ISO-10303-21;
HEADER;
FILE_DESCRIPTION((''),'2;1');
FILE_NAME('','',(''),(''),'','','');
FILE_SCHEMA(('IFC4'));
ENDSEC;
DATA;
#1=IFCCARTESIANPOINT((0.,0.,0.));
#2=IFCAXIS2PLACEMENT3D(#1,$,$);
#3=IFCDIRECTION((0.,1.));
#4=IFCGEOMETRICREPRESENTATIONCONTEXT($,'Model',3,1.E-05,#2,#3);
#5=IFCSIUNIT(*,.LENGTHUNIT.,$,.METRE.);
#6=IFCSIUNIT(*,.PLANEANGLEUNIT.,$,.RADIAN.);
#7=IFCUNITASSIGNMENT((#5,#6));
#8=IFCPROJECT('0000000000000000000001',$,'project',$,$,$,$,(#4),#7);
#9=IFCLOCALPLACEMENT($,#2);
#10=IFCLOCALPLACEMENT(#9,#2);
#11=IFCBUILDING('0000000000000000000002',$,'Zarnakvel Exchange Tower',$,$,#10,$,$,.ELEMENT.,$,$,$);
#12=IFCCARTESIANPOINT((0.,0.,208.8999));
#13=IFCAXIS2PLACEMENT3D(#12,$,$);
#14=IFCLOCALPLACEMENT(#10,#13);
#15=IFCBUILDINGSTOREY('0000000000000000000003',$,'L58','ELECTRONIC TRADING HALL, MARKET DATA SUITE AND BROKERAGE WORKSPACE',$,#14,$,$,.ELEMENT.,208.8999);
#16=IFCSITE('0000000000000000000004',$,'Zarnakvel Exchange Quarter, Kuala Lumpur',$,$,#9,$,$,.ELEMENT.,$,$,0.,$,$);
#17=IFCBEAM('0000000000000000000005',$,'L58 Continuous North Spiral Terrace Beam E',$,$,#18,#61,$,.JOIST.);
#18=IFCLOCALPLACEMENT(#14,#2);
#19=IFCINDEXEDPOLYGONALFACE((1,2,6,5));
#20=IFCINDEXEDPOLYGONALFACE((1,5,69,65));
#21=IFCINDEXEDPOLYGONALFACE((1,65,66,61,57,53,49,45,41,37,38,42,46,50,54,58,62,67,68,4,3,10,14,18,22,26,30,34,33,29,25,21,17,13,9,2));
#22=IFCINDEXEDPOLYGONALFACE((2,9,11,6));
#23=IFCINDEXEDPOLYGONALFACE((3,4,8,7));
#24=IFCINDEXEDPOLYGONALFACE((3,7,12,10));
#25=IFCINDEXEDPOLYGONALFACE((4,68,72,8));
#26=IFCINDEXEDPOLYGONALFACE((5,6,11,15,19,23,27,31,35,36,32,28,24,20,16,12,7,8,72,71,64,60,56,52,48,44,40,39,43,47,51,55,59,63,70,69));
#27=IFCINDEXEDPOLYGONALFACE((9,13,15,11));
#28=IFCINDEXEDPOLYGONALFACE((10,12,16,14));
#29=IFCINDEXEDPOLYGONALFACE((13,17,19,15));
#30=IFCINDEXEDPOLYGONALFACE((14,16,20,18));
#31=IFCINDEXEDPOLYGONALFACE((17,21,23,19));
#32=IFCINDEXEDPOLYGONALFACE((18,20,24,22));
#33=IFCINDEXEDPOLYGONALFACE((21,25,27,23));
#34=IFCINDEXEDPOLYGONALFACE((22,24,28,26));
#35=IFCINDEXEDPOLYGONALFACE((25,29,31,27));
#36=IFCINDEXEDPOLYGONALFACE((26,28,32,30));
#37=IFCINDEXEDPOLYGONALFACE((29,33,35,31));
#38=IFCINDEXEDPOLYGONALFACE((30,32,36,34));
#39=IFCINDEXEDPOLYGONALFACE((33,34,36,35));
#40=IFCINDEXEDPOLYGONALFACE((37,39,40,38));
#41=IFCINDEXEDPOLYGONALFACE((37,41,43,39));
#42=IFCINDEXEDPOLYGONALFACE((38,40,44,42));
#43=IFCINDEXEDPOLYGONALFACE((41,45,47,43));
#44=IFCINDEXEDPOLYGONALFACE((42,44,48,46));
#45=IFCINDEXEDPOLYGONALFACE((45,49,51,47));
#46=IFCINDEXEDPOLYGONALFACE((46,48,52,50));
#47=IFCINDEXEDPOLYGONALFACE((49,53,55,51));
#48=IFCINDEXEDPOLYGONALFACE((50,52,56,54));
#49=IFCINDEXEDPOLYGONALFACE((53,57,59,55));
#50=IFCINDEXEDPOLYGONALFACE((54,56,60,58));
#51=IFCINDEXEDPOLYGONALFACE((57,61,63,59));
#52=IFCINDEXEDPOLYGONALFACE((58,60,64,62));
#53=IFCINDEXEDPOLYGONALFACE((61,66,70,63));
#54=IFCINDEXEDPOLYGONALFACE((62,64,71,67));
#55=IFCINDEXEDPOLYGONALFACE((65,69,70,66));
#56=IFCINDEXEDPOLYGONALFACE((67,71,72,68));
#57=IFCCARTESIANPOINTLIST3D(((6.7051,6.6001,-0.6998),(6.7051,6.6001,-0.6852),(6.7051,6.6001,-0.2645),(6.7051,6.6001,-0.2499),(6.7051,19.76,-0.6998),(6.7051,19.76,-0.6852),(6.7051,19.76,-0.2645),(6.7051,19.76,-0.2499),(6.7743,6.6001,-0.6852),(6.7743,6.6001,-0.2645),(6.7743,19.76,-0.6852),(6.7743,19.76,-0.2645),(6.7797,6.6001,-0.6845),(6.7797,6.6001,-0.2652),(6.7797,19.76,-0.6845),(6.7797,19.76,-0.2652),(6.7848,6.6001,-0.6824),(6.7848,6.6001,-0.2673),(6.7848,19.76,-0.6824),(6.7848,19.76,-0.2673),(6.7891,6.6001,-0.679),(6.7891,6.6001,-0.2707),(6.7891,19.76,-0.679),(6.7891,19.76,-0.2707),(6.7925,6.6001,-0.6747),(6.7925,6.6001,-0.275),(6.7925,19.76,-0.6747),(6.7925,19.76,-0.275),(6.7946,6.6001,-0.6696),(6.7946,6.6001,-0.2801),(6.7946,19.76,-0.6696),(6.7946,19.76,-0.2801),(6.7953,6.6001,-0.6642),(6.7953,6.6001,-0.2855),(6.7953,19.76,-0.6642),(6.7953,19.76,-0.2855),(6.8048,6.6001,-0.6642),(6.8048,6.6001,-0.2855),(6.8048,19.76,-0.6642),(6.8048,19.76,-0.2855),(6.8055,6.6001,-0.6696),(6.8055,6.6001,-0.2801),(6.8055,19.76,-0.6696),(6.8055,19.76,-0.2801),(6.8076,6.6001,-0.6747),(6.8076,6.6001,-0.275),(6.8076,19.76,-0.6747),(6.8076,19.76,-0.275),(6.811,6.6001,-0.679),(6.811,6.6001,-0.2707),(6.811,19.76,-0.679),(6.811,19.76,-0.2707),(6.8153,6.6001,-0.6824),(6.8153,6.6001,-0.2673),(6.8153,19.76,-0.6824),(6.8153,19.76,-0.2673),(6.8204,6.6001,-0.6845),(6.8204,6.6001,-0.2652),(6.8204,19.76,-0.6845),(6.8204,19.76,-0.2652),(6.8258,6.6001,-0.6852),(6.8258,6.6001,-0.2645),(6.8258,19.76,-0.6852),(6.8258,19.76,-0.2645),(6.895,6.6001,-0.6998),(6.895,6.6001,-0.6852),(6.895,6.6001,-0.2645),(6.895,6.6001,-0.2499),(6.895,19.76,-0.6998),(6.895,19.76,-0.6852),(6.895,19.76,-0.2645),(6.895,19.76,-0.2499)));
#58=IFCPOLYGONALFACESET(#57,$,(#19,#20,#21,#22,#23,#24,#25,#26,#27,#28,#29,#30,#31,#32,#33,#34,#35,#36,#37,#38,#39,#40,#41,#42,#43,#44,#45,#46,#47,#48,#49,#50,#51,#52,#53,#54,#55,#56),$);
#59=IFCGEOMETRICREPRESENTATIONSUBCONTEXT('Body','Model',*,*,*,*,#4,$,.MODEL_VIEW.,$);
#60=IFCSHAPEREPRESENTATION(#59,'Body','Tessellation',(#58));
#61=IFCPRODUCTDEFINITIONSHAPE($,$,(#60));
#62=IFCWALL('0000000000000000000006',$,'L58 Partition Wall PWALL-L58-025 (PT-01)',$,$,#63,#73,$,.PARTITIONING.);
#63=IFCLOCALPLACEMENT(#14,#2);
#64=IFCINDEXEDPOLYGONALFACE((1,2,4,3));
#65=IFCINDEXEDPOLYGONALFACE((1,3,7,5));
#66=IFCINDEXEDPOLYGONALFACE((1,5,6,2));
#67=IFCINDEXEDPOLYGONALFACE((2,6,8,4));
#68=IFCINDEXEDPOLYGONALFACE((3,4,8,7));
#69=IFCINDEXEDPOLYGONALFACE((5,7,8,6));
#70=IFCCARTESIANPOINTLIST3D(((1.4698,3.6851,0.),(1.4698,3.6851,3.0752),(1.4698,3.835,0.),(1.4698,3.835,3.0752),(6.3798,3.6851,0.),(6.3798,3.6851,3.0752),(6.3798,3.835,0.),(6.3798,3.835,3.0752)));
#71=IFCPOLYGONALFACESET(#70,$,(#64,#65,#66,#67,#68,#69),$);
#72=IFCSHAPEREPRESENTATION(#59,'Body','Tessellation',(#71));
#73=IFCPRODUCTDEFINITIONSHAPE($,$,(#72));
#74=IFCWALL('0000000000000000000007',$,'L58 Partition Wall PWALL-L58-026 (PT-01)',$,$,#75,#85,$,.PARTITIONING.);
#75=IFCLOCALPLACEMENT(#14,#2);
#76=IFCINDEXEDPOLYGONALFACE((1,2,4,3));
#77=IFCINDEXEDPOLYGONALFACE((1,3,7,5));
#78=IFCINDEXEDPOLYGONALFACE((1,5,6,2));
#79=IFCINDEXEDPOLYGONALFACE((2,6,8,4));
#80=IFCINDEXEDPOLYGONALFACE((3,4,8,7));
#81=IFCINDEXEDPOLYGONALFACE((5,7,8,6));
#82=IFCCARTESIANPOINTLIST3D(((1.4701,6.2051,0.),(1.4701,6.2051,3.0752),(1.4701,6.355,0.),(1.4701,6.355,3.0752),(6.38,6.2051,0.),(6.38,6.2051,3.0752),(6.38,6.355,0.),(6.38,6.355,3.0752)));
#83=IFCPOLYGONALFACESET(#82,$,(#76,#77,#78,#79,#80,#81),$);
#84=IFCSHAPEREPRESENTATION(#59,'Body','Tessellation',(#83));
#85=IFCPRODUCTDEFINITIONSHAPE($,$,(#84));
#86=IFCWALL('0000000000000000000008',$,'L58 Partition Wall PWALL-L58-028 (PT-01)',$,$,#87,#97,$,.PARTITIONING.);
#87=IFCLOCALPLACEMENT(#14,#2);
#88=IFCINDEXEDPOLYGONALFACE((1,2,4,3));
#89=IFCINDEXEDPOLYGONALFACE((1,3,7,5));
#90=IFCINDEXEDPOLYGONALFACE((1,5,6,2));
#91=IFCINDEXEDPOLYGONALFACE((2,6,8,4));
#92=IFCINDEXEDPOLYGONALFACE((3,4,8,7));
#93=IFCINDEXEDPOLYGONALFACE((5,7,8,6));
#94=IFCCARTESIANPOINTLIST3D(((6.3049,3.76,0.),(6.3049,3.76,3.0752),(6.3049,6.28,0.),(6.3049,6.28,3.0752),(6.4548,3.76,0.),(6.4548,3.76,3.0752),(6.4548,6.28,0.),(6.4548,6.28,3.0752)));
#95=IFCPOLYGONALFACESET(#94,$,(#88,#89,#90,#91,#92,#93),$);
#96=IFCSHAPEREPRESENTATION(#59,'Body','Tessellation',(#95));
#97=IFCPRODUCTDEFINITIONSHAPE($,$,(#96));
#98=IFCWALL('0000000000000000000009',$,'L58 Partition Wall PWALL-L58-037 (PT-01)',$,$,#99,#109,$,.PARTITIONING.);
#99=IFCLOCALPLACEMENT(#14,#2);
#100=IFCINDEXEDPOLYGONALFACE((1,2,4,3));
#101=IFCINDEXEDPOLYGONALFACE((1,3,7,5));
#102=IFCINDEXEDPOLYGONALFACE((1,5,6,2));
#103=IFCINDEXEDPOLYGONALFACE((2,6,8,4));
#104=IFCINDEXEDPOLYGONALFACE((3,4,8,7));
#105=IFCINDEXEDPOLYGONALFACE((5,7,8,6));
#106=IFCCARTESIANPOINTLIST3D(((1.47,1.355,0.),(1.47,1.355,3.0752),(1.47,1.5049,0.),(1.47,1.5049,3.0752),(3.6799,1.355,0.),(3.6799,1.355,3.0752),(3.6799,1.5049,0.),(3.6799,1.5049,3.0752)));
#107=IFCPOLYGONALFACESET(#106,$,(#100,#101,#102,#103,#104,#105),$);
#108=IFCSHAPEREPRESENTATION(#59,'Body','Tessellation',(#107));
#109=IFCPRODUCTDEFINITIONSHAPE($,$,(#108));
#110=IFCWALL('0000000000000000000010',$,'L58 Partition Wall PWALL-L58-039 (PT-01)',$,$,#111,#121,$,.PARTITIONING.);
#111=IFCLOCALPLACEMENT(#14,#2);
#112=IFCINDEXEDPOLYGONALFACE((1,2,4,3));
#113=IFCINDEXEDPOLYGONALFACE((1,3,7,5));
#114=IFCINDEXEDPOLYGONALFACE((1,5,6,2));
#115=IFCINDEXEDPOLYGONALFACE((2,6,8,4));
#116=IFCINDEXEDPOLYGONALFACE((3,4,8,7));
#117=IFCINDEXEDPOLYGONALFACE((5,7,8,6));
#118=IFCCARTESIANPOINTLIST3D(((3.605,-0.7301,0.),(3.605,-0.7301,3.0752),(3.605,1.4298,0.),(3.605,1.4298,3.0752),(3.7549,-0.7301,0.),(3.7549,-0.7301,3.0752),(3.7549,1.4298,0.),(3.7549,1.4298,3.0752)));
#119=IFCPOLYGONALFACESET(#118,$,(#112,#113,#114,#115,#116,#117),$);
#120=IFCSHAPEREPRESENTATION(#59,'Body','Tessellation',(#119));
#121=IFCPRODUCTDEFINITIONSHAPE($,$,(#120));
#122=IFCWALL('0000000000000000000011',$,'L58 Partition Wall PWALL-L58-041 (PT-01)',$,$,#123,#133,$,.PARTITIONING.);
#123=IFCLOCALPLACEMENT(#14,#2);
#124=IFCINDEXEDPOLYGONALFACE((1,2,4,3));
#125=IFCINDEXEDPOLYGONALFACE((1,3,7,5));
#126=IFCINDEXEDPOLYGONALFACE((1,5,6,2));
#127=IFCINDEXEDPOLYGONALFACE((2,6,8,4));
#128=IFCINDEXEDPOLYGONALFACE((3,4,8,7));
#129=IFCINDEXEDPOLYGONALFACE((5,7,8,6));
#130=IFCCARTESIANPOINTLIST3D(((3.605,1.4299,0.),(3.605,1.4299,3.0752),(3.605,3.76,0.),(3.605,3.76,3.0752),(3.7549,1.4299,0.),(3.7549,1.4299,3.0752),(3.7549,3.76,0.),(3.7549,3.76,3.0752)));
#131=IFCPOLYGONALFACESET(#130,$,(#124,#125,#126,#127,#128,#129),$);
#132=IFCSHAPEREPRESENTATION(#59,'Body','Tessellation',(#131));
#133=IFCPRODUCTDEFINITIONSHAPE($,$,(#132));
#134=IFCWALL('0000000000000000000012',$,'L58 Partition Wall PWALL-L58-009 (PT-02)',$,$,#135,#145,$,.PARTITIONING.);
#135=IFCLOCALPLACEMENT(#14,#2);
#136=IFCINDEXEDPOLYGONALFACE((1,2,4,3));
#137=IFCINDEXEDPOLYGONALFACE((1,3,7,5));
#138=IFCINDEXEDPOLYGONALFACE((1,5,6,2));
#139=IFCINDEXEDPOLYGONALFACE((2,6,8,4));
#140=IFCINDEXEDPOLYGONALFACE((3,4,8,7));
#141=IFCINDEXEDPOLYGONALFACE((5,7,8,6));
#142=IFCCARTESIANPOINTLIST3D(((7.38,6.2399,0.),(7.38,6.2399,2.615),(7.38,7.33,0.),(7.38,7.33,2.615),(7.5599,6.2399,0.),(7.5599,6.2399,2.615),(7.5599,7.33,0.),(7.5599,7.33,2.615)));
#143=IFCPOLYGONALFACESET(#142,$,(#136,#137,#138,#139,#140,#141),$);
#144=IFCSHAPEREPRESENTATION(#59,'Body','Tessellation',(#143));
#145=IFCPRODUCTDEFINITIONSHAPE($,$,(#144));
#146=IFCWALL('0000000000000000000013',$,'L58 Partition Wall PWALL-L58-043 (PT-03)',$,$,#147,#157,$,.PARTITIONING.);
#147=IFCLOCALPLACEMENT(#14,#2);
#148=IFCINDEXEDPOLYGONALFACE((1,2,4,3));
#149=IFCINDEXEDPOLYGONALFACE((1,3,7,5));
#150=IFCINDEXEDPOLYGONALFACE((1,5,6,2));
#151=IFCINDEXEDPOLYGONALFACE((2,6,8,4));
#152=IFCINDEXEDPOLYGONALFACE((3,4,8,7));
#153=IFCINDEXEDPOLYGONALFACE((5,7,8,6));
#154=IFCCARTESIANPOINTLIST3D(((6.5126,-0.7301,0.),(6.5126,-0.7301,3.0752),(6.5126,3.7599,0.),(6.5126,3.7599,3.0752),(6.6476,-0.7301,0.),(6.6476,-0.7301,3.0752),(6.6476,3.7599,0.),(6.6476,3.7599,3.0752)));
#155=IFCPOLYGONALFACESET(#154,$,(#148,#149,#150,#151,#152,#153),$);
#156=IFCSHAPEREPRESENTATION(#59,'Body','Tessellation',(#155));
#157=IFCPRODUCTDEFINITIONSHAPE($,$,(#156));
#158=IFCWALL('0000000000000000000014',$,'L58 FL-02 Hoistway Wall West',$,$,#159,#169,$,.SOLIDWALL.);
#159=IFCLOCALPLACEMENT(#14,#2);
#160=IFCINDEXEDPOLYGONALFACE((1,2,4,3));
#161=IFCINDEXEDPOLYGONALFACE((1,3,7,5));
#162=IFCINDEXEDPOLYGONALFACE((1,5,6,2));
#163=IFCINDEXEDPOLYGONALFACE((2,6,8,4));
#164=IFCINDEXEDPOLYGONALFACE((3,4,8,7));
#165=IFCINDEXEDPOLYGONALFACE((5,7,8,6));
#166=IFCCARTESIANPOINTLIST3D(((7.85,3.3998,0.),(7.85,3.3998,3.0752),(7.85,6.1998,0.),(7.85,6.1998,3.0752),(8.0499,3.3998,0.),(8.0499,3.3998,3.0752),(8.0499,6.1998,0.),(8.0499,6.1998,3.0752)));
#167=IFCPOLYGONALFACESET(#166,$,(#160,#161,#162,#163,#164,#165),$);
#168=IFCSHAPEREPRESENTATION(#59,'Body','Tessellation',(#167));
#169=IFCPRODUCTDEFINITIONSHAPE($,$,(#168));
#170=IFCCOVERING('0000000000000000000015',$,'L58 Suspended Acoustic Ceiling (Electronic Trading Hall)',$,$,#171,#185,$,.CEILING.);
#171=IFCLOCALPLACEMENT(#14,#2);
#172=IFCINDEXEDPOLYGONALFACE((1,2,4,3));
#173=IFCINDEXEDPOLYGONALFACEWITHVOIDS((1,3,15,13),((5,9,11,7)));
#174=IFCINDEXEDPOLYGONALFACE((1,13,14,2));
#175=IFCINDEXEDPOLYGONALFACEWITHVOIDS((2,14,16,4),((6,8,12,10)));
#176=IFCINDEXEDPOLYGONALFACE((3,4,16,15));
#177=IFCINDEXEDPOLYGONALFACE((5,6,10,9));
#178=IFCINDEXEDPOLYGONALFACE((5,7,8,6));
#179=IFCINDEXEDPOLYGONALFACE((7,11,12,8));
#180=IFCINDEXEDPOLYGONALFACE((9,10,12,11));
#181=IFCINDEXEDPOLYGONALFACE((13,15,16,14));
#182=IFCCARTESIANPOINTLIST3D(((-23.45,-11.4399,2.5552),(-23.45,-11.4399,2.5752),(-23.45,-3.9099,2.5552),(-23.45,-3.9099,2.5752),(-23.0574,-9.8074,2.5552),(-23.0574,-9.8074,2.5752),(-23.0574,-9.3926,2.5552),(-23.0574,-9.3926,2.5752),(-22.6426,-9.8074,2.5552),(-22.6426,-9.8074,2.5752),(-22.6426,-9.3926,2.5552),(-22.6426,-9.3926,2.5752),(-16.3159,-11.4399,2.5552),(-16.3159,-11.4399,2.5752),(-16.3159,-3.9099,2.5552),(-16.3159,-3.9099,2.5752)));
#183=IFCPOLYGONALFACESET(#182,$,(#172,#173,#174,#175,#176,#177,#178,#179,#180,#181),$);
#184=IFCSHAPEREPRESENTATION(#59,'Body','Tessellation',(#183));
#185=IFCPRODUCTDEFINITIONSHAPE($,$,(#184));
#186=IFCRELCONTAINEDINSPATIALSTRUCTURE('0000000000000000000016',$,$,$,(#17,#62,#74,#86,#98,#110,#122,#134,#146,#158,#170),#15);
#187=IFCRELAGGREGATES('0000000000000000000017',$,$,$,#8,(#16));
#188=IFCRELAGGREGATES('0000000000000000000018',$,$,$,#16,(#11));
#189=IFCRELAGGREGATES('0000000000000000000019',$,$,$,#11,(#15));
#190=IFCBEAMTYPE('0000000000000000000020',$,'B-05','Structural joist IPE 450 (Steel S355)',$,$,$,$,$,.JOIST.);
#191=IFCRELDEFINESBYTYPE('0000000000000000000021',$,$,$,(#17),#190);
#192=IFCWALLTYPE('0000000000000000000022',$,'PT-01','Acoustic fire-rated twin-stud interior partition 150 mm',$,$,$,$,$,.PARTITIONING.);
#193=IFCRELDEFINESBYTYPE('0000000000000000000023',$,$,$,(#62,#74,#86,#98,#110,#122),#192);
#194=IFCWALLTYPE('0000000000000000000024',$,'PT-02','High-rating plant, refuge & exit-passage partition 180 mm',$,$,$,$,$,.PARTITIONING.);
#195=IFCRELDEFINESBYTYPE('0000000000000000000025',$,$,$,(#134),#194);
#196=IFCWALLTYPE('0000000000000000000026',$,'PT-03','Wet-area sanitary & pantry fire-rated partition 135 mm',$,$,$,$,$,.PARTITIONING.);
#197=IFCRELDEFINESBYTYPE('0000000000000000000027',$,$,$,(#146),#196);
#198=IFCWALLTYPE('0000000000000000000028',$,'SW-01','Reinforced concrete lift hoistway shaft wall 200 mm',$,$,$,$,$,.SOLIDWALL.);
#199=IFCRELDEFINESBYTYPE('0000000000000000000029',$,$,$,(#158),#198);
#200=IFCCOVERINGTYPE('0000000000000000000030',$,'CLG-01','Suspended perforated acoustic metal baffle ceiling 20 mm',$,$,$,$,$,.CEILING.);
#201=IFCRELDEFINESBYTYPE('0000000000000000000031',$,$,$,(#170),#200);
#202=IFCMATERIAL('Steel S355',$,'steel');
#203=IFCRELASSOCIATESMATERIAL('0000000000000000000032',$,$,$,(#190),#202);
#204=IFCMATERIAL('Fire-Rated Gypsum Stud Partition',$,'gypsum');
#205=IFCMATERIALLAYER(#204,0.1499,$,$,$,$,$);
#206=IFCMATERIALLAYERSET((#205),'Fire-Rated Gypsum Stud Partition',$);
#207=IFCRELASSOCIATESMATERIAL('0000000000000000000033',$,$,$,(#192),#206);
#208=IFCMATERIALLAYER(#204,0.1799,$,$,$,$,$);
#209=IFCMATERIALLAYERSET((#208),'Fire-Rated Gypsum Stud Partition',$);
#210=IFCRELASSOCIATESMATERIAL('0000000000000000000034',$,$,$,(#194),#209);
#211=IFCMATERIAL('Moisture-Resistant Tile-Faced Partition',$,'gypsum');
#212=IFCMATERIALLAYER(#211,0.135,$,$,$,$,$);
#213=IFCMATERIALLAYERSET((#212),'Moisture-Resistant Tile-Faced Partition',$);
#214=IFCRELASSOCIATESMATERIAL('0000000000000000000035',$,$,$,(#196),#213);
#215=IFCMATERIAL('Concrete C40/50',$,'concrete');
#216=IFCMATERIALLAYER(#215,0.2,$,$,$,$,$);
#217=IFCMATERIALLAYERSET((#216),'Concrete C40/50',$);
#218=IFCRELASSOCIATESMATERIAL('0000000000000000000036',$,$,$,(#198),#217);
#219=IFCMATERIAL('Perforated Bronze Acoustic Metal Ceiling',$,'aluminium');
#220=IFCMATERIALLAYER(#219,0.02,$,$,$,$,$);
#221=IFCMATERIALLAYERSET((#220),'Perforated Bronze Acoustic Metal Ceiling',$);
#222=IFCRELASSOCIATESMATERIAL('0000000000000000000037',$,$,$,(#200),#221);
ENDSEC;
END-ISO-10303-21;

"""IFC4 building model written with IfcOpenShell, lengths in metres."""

from ifc_helpers import new_model, si_unit, direction, frame, frame_2d, origin, origin_2d, place, context, subcontext, project, spatial, polyline, rectangle, i_section, outline, extrude, material, layer, layer_set, material_profile, profile_set, type_object, element, save


model = new_model("IFC4")

# Units and contexts
model_context = context("Model", 3, precision=1e-05, world=origin(), true_north=direction((0.0, 1.0)))
body_context = subcontext(model_context, "Body", "Model", "MODEL_VIEW")
ifc_project = project(units=[si_unit("LENGTHUNIT", "METRE"), si_unit("PLANEANGLEUNIT", "RADIAN")], contexts=[model_context])

# Site, building, storey
site_placement = place(None, origin())
site = spatial("IfcSite", under=ifc_project, at=site_placement, Name="Zarnakvel Exchange Quarter, Kuala Lumpur", CompositionType="ELEMENT", RefElevation=0.0)
building_placement = place(site_placement, origin())
building = spatial("IfcBuilding", under=site, at=building_placement, Name="Zarnakvel Exchange Tower", CompositionType="ELEMENT")
storey_placement = place(building_placement, frame((0.0, 0.0, 208.8999)))
storey = spatial("IfcBuildingStorey", under=building, at=storey_placement, Name="L58", Description="ELECTRONIC TRADING HALL, MARKET DATA SUITE AND BROKERAGE WORKSPACE", CompositionType="ELEMENT", Elevation=208.8999)

# Beam
ifc_material_1 = material(Name="Steel S355", Category="steel")
ifc_material_profile = material_profile(ifc_material_1, i_section(OverallWidth=0.1899, OverallDepth=0.45, WebThickness=0.0095, FlangeThickness=0.0146, FilletRadius=0.021, at=origin_2d()))
ifc_profile_set = profile_set([ifc_material_profile], Name="Steel S355")
beam_type = type_object("IfcBeamType", Name="B-05", Description="Structural joist IPE 450 (Steel S355)", PredefinedType="JOIST", material=ifc_profile_set)
beam_placement = place(storey_placement, frame((6.8, 6.6001, -0.4749), z_axis=(0.0, 1.0, 0.0), x_axis=(-1.0, 0.0, 0.0)))
element("IfcBeam", 1, at=beam_placement, inside=storey, type_object=beam_type, Name="L58 Continuous North Spiral Terrace Beam E", PredefinedType="JOIST", context=body_context, shape_type="SweptSolid", body=[
    extrude(i_section(OverallWidth=0.1899, OverallDepth=0.45, WebThickness=0.0095, FlangeThickness=0.0146, FilletRadius=0.021, at=origin_2d()), origin(), (0.0, 0.0, 1.0), 13.1599),
])

# Walls
ifc_material_2 = material(Name="Fire-Rated Gypsum Stud Partition", Category="gypsum")
ifc_layer_1 = layer(ifc_material_2, 0.1499)
ifc_layer_set_1 = layer_set([ifc_layer_1], Name="Fire-Rated Gypsum Stud Partition")
wall_type_1 = type_object("IfcWallType", Name="PT-01", Description="Acoustic fire-rated twin-stud interior partition 150 mm", PredefinedType="PARTITIONING", material=ifc_layer_set_1)
for number, where, z_axis, x_axis, name in (
    (2, (6.3799, 3.76, 0.0), (0.0, 0.0, 1.0), (-1.0, 0.0, 0.0), "L58 Partition Wall PWALL-L58-025 (PT-01)"),
    (3, (1.47, 6.28, 0.0), (0.0, 0.0, 1.0), (1.0, 0.0, 0.0), "L58 Partition Wall PWALL-L58-026 (PT-01)"),
):
    element("IfcWall", number, at=place(storey_placement, frame(where, z_axis=z_axis, x_axis=x_axis)), inside=storey, type_object=wall_type_1, Name=name, PredefinedType="PARTITIONING", context=body_context, shape_type="SweptSolid", body=[
        extrude(rectangle(XDim=4.9099, YDim=0.1499, at=frame_2d((2.4551, 0.0))), origin(), (0.0, 0.0, 1.0), 3.0752),
    ])

# Walls
wall_1_placement = place(storey_placement, frame((6.3799, 6.28, 0.0), z_axis=(0.0, 0.0, 1.0), x_axis=(0.0, -1.0, 0.0)))
element("IfcWall", 4, at=wall_1_placement, inside=storey, type_object=wall_type_1, Name="L58 Partition Wall PWALL-L58-028 (PT-01)", PredefinedType="PARTITIONING", context=body_context, shape_type="SweptSolid", body=[
    extrude(rectangle(XDim=2.52, YDim=0.1499, at=frame_2d((1.26, 0.0))), origin(), (0.0, 0.0, 1.0), 3.0752),
])
wall_2_placement = place(storey_placement, frame((1.47, 1.4299, 0.0), z_axis=(0.0, 0.0, 1.0), x_axis=(1.0, 0.0, 0.0)))
element("IfcWall", 5, at=wall_2_placement, inside=storey, type_object=wall_type_1, Name="L58 Partition Wall PWALL-L58-037 (PT-01)", PredefinedType="PARTITIONING", context=body_context, shape_type="SweptSolid", body=[
    extrude(rectangle(XDim=2.21, YDim=0.1499, at=frame_2d((1.105, 0.0))), origin(), (0.0, 0.0, 1.0), 3.0752),
])
wall_3_placement = place(storey_placement, frame((3.6799, 1.4299, 0.0), z_axis=(0.0, 0.0, 1.0), x_axis=(0.0, -1.0, 0.0)))
element("IfcWall", 6, at=wall_3_placement, inside=storey, type_object=wall_type_1, Name="L58 Partition Wall PWALL-L58-039 (PT-01)", PredefinedType="PARTITIONING", context=body_context, shape_type="SweptSolid", body=[
    extrude(rectangle(XDim=2.1599, YDim=0.1499, at=frame_2d((1.0801, 0.0))), origin(), (0.0, 0.0, 1.0), 3.0752),
])

# Walls
wall_4_placement = place(storey_placement, frame((3.6799, 3.76, 0.0), z_axis=(0.0, 0.0, 1.0), x_axis=(0.0, -1.0, 0.0)))
element("IfcWall", 7, at=wall_4_placement, inside=storey, type_object=wall_type_1, Name="L58 Partition Wall PWALL-L58-041 (PT-01)", PredefinedType="PARTITIONING", context=body_context, shape_type="SweptSolid", body=[
    extrude(rectangle(XDim=2.3301, YDim=0.1499, at=frame_2d((1.165, 0.0))), origin(), (0.0, 0.0, 1.0), 3.0752),
])
ifc_layer_2 = layer(ifc_material_2, 0.1799)
ifc_layer_set_2 = layer_set([ifc_layer_2], Name="Fire-Rated Gypsum Stud Partition")
wall_type_2 = type_object("IfcWallType", Name="PT-02", Description="High-rating plant, refuge & exit-passage partition 180 mm", PredefinedType="PARTITIONING", material=ifc_layer_set_2)
wall_5_placement = place(storey_placement, frame((7.47, 6.24, 0.0), z_axis=(0.0, 0.0, 1.0), x_axis=(0.0, 1.0, 0.0)))
element("IfcWall", 8, at=wall_5_placement, inside=storey, type_object=wall_type_2, Name="L58 Partition Wall PWALL-L58-009 (PT-02)", PredefinedType="PARTITIONING", context=body_context, shape_type="SweptSolid", body=[
    extrude(rectangle(XDim=1.0901, YDim=0.1799, at=frame_2d((0.5449, 0.0))), origin(), (0.0, 0.0, 1.0), 2.615),
])
ifc_material_3 = material(Name="Moisture-Resistant Tile-Faced Partition", Category="gypsum")
ifc_layer_3 = layer(ifc_material_3, 0.135)
ifc_layer_set_3 = layer_set([ifc_layer_3], Name="Moisture-Resistant Tile-Faced Partition")
wall_type_3 = type_object("IfcWallType", Name="PT-03", Description="Wet-area sanitary & pantry fire-rated partition 135 mm", PredefinedType="PARTITIONING", material=ifc_layer_set_3)
wall_6_placement = place(storey_placement, frame((6.5801, 3.76, 0.0), z_axis=(0.0, 0.0, 1.0), x_axis=(0.0, -1.0, 0.0)))
element("IfcWall", 9, at=wall_6_placement, inside=storey, type_object=wall_type_3, Name="L58 Partition Wall PWALL-L58-043 (PT-03)", PredefinedType="PARTITIONING", context=body_context, shape_type="SweptSolid", body=[
    extrude(rectangle(XDim=4.49, YDim=0.135, at=frame_2d((2.2451, 0.0))), origin(), (0.0, 0.0, 1.0), 3.0752),
])
ifc_material_4 = material(Name="Concrete C40/50", Category="concrete")
ifc_layer_4 = layer(ifc_material_4, 0.2)
ifc_layer_set_4 = layer_set([ifc_layer_4], Name="Concrete C40/50")
wall_type_4 = type_object("IfcWallType", Name="SW-01", Description="Reinforced concrete lift hoistway shaft wall 200 mm", PredefinedType="SOLIDWALL", material=ifc_layer_set_4)
wall_7_placement = place(storey_placement, frame((7.95, 3.3999, 0.0), z_axis=(0.0, 0.0, 1.0), x_axis=(0.0, 1.0, 0.0)))
element("IfcWall", 10, at=wall_7_placement, inside=storey, type_object=wall_type_4, Name="L58 FL-02 Hoistway Wall West", PredefinedType="SOLIDWALL", context=body_context, shape_type="SweptSolid", body=[
    extrude(rectangle(XDim=2.8, YDim=0.2, at=frame_2d((1.3999, 0.0))), origin(), (0.0, 0.0, 1.0), 3.0752),
])

# Covering
ifc_material_5 = material(Name="Perforated Bronze Acoustic Metal Ceiling", Category="aluminium")
ifc_layer_5 = layer(ifc_material_5, 0.02)
ifc_layer_set_5 = layer_set([ifc_layer_5], Name="Perforated Bronze Acoustic Metal Ceiling")
covering_type_1 = type_object("IfcCoveringType", Name="CLG-01", Description="Suspended perforated acoustic metal baffle ceiling 20 mm", PredefinedType="CEILING", material=ifc_layer_set_5)
covering_1_placement = place(storey_placement, frame((0.0, 0.0, 2.5552)))
element("IfcCovering", 11, at=covering_1_placement, inside=storey, type_object=covering_type_1, Name="L58 Suspended Acoustic Ceiling (Electronic Trading Hall)", PredefinedType="CEILING", context=body_context, shape_type="SweptSolid", body=[
    extrude(outline(polyline([(-23.45, -3.9099), (-16.3159, -3.9099), (-16.3159, -11.4399), (-23.45, -11.4399), (-23.45, -3.9099)]), holes=[polyline([(-22.6426, -9.8074), (-22.6426, -9.3926), (-23.0574, -9.3926), (-23.0574, -9.8074), (-22.6426, -9.8074)])]), origin(), (0.0, 0.0, 1.0), 0.02),
])

save(model, "model.ifc")
